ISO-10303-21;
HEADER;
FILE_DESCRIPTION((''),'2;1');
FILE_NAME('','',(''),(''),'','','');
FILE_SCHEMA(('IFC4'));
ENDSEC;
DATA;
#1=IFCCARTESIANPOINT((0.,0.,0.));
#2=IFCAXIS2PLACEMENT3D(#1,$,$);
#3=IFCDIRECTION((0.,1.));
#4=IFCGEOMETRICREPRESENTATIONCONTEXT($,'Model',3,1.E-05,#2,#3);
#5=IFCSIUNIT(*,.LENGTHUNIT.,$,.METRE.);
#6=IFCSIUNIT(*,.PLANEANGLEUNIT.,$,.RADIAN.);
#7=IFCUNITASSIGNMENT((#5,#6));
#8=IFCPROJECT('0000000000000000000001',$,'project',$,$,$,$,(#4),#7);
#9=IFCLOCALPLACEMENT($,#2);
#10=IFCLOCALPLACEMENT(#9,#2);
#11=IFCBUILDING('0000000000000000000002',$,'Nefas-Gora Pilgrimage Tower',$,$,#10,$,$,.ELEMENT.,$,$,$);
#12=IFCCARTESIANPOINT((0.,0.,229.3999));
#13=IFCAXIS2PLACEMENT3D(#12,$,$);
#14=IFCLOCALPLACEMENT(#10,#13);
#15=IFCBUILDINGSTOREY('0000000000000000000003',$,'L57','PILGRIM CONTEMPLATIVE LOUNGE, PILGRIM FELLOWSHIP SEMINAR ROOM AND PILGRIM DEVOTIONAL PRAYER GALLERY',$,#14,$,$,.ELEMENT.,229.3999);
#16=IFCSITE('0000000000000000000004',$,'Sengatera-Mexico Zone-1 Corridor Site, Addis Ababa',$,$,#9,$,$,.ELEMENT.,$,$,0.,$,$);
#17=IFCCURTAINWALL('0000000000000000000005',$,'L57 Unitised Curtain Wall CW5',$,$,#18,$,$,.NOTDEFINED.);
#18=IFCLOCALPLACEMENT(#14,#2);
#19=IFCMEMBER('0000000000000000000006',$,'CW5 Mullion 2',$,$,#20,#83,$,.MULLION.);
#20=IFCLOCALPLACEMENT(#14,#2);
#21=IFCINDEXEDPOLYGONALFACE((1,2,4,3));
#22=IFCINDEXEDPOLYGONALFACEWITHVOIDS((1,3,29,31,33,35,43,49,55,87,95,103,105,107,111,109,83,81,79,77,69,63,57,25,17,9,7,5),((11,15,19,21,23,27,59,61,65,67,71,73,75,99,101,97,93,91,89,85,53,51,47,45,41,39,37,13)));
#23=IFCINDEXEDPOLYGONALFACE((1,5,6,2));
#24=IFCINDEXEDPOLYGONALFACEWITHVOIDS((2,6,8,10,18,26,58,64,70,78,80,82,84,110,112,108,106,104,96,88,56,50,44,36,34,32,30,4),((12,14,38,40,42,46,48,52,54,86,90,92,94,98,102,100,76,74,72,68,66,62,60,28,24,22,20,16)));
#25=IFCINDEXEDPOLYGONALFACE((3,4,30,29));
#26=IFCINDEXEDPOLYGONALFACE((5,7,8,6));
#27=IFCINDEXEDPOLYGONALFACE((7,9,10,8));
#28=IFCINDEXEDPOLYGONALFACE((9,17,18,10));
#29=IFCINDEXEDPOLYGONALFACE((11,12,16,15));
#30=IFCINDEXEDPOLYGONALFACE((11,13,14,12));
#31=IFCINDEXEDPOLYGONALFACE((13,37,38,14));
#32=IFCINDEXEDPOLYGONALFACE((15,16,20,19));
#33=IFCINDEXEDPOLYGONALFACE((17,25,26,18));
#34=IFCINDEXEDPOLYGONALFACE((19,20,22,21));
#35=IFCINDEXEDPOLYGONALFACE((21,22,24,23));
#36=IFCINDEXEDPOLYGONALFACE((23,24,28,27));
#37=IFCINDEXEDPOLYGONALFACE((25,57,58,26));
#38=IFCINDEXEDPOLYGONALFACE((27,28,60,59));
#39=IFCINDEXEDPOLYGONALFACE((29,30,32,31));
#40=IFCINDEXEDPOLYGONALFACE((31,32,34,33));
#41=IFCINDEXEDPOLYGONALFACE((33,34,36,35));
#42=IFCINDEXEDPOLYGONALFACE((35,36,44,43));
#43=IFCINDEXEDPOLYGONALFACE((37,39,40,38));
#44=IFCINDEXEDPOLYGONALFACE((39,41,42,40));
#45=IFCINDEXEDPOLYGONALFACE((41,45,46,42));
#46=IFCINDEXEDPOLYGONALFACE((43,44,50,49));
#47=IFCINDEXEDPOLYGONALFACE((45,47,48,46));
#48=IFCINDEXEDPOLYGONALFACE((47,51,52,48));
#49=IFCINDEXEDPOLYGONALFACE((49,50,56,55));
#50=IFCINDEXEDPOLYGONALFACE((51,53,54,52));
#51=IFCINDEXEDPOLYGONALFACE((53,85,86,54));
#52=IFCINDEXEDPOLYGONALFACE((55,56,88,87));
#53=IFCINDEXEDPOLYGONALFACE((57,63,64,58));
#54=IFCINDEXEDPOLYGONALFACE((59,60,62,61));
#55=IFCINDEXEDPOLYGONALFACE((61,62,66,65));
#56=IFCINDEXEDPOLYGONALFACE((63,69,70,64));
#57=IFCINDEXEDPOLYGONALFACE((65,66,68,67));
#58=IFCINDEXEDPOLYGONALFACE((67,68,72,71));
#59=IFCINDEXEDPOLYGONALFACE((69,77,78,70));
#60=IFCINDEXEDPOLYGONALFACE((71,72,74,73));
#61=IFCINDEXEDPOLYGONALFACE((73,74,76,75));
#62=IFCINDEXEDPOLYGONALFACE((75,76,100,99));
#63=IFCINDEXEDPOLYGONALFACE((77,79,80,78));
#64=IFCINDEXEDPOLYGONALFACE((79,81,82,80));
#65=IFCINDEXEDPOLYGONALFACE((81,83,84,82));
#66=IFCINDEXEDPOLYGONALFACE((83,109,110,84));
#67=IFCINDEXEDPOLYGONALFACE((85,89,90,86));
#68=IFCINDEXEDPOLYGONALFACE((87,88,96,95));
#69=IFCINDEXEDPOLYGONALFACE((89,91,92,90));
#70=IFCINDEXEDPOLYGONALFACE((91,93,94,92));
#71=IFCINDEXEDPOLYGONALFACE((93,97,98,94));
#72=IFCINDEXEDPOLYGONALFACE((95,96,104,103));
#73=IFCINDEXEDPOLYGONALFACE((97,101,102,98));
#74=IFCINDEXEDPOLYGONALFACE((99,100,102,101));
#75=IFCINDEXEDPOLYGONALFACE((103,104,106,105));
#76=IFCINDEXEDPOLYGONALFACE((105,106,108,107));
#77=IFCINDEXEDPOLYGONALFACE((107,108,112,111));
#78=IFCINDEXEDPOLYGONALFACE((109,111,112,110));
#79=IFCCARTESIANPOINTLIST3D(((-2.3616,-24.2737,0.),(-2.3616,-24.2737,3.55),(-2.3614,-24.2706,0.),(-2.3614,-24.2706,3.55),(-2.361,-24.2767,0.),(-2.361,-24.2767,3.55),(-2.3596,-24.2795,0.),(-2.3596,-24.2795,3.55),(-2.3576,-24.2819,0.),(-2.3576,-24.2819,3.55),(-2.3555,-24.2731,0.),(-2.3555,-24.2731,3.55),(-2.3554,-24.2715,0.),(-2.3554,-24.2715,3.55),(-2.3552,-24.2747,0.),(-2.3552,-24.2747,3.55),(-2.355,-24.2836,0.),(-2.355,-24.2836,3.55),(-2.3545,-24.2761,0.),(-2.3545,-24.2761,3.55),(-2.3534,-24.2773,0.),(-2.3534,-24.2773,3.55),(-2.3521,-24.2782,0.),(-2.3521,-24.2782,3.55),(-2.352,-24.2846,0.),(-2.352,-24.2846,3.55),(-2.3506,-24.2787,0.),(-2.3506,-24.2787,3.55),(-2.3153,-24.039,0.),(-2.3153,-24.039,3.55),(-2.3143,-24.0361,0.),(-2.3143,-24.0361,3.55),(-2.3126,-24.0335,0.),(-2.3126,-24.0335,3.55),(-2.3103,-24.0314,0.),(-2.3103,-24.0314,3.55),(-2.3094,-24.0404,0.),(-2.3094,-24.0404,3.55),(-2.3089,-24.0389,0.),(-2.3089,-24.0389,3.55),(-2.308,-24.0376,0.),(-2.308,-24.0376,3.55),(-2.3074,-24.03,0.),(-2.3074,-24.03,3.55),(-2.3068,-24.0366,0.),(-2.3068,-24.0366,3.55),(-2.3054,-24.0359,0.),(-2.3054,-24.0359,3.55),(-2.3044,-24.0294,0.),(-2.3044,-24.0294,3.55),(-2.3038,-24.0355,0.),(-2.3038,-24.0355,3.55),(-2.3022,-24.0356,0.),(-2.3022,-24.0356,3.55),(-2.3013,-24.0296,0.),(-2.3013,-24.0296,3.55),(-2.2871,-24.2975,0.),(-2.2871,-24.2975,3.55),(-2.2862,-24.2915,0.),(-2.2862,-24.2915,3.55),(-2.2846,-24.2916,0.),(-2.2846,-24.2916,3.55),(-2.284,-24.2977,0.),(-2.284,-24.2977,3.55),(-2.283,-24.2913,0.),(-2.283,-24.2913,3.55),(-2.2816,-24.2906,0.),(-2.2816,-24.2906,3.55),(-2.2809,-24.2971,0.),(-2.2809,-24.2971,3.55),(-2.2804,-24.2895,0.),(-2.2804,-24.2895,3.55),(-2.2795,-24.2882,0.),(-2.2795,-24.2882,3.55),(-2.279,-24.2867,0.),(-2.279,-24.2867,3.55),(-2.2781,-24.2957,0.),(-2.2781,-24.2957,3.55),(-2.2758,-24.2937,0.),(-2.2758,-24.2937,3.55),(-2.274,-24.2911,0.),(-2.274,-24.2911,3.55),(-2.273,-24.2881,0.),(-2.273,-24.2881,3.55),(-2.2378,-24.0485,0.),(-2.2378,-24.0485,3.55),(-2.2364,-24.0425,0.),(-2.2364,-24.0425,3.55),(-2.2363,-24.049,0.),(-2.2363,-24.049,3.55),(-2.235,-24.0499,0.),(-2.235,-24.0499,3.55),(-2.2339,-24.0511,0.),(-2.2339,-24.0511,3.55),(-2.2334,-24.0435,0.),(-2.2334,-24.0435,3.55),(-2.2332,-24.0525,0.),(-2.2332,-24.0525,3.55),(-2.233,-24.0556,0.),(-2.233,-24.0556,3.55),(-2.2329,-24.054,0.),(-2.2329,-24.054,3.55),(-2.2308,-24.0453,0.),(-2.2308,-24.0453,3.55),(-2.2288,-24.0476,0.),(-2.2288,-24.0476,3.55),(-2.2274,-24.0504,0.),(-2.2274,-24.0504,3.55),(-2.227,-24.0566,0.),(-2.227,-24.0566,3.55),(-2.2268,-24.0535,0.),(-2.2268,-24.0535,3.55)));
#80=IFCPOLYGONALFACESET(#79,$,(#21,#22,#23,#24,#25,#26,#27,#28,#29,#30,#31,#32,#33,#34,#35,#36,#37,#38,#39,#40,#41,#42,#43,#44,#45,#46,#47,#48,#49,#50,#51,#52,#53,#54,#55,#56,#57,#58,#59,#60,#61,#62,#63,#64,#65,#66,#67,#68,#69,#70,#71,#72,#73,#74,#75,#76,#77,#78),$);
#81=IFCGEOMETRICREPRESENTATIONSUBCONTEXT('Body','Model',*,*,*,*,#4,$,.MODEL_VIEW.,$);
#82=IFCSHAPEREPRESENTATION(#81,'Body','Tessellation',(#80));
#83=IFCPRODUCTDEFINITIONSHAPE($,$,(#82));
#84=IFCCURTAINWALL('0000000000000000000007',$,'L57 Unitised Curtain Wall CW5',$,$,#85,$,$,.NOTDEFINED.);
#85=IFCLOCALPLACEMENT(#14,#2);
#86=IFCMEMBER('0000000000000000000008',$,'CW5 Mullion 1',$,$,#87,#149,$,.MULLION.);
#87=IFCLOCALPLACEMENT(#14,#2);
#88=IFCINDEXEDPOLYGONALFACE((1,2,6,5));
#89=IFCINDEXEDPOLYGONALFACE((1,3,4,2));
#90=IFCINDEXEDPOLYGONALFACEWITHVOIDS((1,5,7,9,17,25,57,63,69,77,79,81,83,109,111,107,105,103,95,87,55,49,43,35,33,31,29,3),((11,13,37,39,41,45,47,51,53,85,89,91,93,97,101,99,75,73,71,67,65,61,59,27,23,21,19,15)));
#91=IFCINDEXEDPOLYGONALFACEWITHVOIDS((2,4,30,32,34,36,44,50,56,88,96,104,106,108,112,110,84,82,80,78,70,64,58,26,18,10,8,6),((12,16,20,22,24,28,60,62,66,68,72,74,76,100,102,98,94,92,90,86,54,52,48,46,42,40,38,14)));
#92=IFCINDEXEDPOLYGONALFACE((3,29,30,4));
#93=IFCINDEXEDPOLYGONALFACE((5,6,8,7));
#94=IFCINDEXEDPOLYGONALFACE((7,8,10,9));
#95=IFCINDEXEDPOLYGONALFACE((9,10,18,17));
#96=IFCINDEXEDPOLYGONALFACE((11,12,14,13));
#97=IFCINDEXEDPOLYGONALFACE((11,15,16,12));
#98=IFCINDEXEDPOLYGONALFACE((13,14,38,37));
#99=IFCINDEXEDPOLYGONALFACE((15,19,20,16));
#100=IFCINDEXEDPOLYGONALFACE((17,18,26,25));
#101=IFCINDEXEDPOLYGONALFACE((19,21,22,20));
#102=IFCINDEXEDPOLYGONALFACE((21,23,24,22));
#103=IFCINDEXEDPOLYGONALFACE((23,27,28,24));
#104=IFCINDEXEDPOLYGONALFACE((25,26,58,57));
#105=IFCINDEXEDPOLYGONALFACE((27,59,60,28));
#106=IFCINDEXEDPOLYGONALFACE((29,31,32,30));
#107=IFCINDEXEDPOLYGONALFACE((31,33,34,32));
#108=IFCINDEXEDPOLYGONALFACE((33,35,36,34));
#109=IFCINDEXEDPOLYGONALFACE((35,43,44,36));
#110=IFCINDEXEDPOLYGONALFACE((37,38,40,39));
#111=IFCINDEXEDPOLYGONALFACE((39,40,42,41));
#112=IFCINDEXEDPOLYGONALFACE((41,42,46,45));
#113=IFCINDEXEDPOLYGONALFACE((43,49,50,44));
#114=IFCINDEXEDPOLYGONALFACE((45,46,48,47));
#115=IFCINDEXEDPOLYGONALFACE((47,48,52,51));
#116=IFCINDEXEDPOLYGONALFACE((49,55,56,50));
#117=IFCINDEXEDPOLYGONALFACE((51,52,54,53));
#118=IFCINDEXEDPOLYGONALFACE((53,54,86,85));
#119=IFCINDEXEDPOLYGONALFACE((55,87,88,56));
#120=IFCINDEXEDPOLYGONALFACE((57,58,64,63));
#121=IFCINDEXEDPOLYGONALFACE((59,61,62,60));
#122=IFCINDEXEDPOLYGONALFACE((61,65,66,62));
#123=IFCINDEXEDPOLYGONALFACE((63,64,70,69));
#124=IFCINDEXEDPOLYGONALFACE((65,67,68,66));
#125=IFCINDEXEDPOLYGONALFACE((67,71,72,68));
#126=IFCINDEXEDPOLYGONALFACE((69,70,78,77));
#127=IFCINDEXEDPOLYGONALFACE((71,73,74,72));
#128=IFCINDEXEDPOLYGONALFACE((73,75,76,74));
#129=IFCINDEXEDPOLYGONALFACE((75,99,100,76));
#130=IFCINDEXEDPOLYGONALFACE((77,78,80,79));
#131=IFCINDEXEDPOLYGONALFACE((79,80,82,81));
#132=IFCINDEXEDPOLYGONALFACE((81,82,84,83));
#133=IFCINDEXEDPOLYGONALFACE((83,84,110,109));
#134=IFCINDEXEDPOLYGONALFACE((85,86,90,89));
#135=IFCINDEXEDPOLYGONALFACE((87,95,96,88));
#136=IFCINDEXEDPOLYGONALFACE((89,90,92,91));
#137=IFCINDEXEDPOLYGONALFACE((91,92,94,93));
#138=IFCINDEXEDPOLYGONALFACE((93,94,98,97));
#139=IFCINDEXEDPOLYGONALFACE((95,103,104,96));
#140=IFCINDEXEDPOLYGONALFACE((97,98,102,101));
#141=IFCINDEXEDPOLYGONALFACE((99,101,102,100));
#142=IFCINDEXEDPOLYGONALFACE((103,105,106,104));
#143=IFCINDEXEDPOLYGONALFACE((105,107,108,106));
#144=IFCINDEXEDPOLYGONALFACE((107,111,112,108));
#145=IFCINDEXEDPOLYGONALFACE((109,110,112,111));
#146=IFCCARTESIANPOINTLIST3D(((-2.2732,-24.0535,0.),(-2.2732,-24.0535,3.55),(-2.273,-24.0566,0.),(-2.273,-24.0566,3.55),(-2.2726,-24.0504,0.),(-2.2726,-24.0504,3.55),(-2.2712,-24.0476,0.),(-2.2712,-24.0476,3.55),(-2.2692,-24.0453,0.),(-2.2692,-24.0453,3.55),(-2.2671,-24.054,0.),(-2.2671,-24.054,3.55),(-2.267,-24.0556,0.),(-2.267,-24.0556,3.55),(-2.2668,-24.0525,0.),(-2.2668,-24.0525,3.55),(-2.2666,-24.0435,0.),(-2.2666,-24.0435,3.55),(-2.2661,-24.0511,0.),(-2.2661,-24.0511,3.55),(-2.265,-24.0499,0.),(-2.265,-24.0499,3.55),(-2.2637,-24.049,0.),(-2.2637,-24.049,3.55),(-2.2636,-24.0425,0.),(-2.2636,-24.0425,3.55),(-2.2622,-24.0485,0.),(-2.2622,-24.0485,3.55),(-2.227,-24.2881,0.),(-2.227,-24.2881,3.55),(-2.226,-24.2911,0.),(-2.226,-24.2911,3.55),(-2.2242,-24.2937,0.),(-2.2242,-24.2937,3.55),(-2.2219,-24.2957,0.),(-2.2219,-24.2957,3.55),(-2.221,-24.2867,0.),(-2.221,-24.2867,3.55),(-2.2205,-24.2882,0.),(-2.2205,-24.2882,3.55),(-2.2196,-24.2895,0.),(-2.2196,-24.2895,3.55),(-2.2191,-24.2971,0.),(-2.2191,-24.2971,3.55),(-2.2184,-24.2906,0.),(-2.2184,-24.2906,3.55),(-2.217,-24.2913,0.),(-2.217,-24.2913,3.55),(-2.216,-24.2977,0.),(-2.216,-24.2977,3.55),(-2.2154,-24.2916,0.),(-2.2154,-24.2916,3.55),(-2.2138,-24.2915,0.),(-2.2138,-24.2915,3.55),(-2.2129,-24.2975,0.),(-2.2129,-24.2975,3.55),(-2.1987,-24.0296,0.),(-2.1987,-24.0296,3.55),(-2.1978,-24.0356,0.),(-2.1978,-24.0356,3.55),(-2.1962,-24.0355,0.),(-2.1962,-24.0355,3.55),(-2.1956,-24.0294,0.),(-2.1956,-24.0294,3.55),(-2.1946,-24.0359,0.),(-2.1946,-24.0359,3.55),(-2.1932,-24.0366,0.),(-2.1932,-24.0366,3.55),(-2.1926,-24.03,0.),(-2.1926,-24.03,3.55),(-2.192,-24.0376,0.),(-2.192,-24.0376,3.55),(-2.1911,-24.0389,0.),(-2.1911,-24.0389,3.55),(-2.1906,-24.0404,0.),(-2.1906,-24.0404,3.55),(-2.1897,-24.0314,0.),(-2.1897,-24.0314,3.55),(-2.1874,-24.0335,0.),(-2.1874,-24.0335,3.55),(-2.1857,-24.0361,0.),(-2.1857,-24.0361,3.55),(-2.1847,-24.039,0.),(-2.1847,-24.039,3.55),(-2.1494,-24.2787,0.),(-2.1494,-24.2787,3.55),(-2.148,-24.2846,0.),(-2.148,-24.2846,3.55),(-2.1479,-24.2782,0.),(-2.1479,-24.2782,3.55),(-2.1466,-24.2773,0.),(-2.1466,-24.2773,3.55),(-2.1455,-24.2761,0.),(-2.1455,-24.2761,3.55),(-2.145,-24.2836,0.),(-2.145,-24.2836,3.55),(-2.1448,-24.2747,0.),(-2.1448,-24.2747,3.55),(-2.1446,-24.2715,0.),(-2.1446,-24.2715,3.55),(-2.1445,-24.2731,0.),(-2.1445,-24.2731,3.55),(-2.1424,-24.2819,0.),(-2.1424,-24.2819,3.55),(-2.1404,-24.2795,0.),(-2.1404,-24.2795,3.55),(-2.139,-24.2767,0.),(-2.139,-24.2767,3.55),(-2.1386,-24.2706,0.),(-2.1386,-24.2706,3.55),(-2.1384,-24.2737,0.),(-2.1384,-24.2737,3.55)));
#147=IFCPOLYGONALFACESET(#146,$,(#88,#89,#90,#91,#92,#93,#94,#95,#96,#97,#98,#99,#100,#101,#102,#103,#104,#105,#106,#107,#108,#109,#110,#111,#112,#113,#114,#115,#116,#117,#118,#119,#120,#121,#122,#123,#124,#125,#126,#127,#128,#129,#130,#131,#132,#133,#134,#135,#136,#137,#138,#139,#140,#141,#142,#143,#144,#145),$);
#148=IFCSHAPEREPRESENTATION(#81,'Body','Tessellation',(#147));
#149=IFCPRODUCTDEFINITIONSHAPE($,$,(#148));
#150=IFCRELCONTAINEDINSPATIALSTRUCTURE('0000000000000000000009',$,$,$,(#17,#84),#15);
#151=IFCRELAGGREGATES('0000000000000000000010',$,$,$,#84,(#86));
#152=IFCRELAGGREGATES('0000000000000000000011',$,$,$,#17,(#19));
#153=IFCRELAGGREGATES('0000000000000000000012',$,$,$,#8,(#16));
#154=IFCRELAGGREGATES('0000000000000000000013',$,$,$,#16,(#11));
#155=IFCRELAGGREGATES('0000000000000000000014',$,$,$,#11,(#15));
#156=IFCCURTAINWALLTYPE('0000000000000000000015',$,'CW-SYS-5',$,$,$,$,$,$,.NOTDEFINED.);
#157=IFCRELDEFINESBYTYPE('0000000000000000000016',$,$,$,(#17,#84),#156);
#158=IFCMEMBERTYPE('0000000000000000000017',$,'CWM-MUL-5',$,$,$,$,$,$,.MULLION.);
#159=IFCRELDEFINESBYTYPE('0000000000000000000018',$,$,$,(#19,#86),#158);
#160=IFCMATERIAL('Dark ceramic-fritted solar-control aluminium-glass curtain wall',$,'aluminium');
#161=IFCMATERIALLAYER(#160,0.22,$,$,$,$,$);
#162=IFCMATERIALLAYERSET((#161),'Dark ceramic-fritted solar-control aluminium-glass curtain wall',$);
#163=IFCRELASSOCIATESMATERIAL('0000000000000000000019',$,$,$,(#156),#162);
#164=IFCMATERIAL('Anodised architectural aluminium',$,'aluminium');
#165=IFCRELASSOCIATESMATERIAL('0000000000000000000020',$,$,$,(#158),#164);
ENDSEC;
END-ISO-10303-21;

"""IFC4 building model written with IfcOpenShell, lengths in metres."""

from ifc_helpers import new_model, si_unit, direction, frame, origin, origin_2d, place, context, subcontext, project, spatial, hollow_rectangle, extrude, source, transform, mapped, material, layer, layer_set, material_profile, profile_set, type_object, element, aggregate, save


model = new_model("IFC4")

# Units and contexts
model_context = context("Model", 3, precision=1e-05, world=origin(), true_north=direction((0.0, 1.0)))
body_context = subcontext(model_context, "Body", "Model", "MODEL_VIEW")
ifc_project = project(units=[si_unit("LENGTHUNIT", "METRE"), si_unit("PLANEANGLEUNIT", "RADIAN")], contexts=[model_context])

# Site, building, storey
site_placement = place(None, origin())
site = spatial("IfcSite", under=ifc_project, at=site_placement, Name="Sengatera-Mexico Zone-1 Corridor Site, Addis Ababa", CompositionType="ELEMENT", RefElevation=0.0)
building_placement = place(site_placement, origin())
building = spatial("IfcBuilding", under=site, at=building_placement, Name="Nefas-Gora Pilgrimage Tower", CompositionType="ELEMENT")
storey_placement = place(building_placement, frame((0.0, 0.0, 229.3999)))
storey = spatial("IfcBuildingStorey", under=building, at=storey_placement, Name="L57", Description="PILGRIM CONTEMPLATIVE LOUNGE, PILGRIM FELLOWSHIP SEMINAR ROOM AND PILGRIM DEVOTIONAL PRAYER GALLERY", CompositionType="ELEMENT", Elevation=229.3999)

# Shared definitions
ifc_material_1 = material(Name="Dark ceramic-fritted solar-control aluminium-glass curtain wall", Category="aluminium")
ifc_layer_1 = layer(ifc_material_1, 0.22)
ifc_layer_set_1 = layer_set([ifc_layer_1], Name="Dark ceramic-fritted solar-control aluminium-glass curtain wall")
curtain_wall_type = type_object("IfcCurtainWallType", Name="CW-SYS-5", PredefinedType="NOTDEFINED", material=ifc_layer_set_1)
ifc_material_2 = material(Name="Anodised architectural aluminium", Category="aluminium")
ifc_material_profile_1 = material_profile(ifc_material_2, hollow_rectangle(XDim=0.0901, YDim=0.26, WallThickness=0.0061, InnerFilletRadius=0.0061, OuterFilletRadius=0.012, at=origin_2d()), Name="ALU MULLION 90x260")
ifc_profile_set_1 = profile_set([ifc_material_profile_1], Name="Anodised architectural aluminium")
member_type_1 = type_object("IfcMemberType", Name="CWM-MUL-5", PredefinedType="MULLION", material=ifc_profile_set_1)
shared_shape_1 = source(origin(), body_context, "Body", "SweptSolid", [
    extrude(hollow_rectangle(XDim=0.0901, YDim=0.26, WallThickness=0.0061, InnerFilletRadius=0.0061, OuterFilletRadius=0.012, at=origin_2d()), origin(), (0.0, 0.0, 1.0), 3.55),
])

# Curtain wall, member
curtain_wall_1_placement = place(storey_placement, origin())
curtain_wall_1 = element("IfcCurtainWall", 1, at=curtain_wall_1_placement, inside=storey, type_object=curtain_wall_type, Name="L57 Unitised Curtain Wall CW5", PredefinedType="NOTDEFINED")
member_1_placement = place(storey_placement, frame((-2.2942, -24.1636, 0.0), z_axis=(0.0, 0.0, 1.0), x_axis=(0.980783, -0.195102, 0.0)))
member_1 = element("IfcMember", 2, at=member_1_placement, type_object=member_type_1, Name="CW5 Mullion 2", PredefinedType="MULLION", context=body_context, shape_type="MappedRepresentation", body=[
    mapped(shared_shape_1, transform((0.0, 0.0, 0.0), x_axis=(1.0, 0.0, 0.0), y_axis=(0.0, 1.0, 0.0), z_axis=(0.0, 0.0, 1.0), scale=1.0)),
])

# Curtain wall, member
curtain_wall_2_placement = place(storey_placement, origin())
curtain_wall_2 = element("IfcCurtainWall", 3, at=curtain_wall_2_placement, inside=storey, type_object=curtain_wall_type, Name="L57 Unitised Curtain Wall CW5", PredefinedType="NOTDEFINED")
member_2_placement = place(storey_placement, frame((-2.2058, -24.1636, 0.0), z_axis=(0.0, 0.0, 1.0), x_axis=(0.980783, 0.195102, 0.0)))
member_2 = element("IfcMember", 4, at=member_2_placement, type_object=member_type_1, Name="CW5 Mullion 1", PredefinedType="MULLION", context=body_context, shape_type="MappedRepresentation", body=[
    mapped(shared_shape_1, transform((0.0, 0.0, 0.0), x_axis=(1.0, 0.0, 0.0), y_axis=(0.0, 1.0, 0.0), z_axis=(0.0, 0.0, 1.0), scale=1.0)),
])

aggregate(curtain_wall_2, [member_2])

aggregate(curtain_wall_1, [member_1])

save(model, "model.ifc")
